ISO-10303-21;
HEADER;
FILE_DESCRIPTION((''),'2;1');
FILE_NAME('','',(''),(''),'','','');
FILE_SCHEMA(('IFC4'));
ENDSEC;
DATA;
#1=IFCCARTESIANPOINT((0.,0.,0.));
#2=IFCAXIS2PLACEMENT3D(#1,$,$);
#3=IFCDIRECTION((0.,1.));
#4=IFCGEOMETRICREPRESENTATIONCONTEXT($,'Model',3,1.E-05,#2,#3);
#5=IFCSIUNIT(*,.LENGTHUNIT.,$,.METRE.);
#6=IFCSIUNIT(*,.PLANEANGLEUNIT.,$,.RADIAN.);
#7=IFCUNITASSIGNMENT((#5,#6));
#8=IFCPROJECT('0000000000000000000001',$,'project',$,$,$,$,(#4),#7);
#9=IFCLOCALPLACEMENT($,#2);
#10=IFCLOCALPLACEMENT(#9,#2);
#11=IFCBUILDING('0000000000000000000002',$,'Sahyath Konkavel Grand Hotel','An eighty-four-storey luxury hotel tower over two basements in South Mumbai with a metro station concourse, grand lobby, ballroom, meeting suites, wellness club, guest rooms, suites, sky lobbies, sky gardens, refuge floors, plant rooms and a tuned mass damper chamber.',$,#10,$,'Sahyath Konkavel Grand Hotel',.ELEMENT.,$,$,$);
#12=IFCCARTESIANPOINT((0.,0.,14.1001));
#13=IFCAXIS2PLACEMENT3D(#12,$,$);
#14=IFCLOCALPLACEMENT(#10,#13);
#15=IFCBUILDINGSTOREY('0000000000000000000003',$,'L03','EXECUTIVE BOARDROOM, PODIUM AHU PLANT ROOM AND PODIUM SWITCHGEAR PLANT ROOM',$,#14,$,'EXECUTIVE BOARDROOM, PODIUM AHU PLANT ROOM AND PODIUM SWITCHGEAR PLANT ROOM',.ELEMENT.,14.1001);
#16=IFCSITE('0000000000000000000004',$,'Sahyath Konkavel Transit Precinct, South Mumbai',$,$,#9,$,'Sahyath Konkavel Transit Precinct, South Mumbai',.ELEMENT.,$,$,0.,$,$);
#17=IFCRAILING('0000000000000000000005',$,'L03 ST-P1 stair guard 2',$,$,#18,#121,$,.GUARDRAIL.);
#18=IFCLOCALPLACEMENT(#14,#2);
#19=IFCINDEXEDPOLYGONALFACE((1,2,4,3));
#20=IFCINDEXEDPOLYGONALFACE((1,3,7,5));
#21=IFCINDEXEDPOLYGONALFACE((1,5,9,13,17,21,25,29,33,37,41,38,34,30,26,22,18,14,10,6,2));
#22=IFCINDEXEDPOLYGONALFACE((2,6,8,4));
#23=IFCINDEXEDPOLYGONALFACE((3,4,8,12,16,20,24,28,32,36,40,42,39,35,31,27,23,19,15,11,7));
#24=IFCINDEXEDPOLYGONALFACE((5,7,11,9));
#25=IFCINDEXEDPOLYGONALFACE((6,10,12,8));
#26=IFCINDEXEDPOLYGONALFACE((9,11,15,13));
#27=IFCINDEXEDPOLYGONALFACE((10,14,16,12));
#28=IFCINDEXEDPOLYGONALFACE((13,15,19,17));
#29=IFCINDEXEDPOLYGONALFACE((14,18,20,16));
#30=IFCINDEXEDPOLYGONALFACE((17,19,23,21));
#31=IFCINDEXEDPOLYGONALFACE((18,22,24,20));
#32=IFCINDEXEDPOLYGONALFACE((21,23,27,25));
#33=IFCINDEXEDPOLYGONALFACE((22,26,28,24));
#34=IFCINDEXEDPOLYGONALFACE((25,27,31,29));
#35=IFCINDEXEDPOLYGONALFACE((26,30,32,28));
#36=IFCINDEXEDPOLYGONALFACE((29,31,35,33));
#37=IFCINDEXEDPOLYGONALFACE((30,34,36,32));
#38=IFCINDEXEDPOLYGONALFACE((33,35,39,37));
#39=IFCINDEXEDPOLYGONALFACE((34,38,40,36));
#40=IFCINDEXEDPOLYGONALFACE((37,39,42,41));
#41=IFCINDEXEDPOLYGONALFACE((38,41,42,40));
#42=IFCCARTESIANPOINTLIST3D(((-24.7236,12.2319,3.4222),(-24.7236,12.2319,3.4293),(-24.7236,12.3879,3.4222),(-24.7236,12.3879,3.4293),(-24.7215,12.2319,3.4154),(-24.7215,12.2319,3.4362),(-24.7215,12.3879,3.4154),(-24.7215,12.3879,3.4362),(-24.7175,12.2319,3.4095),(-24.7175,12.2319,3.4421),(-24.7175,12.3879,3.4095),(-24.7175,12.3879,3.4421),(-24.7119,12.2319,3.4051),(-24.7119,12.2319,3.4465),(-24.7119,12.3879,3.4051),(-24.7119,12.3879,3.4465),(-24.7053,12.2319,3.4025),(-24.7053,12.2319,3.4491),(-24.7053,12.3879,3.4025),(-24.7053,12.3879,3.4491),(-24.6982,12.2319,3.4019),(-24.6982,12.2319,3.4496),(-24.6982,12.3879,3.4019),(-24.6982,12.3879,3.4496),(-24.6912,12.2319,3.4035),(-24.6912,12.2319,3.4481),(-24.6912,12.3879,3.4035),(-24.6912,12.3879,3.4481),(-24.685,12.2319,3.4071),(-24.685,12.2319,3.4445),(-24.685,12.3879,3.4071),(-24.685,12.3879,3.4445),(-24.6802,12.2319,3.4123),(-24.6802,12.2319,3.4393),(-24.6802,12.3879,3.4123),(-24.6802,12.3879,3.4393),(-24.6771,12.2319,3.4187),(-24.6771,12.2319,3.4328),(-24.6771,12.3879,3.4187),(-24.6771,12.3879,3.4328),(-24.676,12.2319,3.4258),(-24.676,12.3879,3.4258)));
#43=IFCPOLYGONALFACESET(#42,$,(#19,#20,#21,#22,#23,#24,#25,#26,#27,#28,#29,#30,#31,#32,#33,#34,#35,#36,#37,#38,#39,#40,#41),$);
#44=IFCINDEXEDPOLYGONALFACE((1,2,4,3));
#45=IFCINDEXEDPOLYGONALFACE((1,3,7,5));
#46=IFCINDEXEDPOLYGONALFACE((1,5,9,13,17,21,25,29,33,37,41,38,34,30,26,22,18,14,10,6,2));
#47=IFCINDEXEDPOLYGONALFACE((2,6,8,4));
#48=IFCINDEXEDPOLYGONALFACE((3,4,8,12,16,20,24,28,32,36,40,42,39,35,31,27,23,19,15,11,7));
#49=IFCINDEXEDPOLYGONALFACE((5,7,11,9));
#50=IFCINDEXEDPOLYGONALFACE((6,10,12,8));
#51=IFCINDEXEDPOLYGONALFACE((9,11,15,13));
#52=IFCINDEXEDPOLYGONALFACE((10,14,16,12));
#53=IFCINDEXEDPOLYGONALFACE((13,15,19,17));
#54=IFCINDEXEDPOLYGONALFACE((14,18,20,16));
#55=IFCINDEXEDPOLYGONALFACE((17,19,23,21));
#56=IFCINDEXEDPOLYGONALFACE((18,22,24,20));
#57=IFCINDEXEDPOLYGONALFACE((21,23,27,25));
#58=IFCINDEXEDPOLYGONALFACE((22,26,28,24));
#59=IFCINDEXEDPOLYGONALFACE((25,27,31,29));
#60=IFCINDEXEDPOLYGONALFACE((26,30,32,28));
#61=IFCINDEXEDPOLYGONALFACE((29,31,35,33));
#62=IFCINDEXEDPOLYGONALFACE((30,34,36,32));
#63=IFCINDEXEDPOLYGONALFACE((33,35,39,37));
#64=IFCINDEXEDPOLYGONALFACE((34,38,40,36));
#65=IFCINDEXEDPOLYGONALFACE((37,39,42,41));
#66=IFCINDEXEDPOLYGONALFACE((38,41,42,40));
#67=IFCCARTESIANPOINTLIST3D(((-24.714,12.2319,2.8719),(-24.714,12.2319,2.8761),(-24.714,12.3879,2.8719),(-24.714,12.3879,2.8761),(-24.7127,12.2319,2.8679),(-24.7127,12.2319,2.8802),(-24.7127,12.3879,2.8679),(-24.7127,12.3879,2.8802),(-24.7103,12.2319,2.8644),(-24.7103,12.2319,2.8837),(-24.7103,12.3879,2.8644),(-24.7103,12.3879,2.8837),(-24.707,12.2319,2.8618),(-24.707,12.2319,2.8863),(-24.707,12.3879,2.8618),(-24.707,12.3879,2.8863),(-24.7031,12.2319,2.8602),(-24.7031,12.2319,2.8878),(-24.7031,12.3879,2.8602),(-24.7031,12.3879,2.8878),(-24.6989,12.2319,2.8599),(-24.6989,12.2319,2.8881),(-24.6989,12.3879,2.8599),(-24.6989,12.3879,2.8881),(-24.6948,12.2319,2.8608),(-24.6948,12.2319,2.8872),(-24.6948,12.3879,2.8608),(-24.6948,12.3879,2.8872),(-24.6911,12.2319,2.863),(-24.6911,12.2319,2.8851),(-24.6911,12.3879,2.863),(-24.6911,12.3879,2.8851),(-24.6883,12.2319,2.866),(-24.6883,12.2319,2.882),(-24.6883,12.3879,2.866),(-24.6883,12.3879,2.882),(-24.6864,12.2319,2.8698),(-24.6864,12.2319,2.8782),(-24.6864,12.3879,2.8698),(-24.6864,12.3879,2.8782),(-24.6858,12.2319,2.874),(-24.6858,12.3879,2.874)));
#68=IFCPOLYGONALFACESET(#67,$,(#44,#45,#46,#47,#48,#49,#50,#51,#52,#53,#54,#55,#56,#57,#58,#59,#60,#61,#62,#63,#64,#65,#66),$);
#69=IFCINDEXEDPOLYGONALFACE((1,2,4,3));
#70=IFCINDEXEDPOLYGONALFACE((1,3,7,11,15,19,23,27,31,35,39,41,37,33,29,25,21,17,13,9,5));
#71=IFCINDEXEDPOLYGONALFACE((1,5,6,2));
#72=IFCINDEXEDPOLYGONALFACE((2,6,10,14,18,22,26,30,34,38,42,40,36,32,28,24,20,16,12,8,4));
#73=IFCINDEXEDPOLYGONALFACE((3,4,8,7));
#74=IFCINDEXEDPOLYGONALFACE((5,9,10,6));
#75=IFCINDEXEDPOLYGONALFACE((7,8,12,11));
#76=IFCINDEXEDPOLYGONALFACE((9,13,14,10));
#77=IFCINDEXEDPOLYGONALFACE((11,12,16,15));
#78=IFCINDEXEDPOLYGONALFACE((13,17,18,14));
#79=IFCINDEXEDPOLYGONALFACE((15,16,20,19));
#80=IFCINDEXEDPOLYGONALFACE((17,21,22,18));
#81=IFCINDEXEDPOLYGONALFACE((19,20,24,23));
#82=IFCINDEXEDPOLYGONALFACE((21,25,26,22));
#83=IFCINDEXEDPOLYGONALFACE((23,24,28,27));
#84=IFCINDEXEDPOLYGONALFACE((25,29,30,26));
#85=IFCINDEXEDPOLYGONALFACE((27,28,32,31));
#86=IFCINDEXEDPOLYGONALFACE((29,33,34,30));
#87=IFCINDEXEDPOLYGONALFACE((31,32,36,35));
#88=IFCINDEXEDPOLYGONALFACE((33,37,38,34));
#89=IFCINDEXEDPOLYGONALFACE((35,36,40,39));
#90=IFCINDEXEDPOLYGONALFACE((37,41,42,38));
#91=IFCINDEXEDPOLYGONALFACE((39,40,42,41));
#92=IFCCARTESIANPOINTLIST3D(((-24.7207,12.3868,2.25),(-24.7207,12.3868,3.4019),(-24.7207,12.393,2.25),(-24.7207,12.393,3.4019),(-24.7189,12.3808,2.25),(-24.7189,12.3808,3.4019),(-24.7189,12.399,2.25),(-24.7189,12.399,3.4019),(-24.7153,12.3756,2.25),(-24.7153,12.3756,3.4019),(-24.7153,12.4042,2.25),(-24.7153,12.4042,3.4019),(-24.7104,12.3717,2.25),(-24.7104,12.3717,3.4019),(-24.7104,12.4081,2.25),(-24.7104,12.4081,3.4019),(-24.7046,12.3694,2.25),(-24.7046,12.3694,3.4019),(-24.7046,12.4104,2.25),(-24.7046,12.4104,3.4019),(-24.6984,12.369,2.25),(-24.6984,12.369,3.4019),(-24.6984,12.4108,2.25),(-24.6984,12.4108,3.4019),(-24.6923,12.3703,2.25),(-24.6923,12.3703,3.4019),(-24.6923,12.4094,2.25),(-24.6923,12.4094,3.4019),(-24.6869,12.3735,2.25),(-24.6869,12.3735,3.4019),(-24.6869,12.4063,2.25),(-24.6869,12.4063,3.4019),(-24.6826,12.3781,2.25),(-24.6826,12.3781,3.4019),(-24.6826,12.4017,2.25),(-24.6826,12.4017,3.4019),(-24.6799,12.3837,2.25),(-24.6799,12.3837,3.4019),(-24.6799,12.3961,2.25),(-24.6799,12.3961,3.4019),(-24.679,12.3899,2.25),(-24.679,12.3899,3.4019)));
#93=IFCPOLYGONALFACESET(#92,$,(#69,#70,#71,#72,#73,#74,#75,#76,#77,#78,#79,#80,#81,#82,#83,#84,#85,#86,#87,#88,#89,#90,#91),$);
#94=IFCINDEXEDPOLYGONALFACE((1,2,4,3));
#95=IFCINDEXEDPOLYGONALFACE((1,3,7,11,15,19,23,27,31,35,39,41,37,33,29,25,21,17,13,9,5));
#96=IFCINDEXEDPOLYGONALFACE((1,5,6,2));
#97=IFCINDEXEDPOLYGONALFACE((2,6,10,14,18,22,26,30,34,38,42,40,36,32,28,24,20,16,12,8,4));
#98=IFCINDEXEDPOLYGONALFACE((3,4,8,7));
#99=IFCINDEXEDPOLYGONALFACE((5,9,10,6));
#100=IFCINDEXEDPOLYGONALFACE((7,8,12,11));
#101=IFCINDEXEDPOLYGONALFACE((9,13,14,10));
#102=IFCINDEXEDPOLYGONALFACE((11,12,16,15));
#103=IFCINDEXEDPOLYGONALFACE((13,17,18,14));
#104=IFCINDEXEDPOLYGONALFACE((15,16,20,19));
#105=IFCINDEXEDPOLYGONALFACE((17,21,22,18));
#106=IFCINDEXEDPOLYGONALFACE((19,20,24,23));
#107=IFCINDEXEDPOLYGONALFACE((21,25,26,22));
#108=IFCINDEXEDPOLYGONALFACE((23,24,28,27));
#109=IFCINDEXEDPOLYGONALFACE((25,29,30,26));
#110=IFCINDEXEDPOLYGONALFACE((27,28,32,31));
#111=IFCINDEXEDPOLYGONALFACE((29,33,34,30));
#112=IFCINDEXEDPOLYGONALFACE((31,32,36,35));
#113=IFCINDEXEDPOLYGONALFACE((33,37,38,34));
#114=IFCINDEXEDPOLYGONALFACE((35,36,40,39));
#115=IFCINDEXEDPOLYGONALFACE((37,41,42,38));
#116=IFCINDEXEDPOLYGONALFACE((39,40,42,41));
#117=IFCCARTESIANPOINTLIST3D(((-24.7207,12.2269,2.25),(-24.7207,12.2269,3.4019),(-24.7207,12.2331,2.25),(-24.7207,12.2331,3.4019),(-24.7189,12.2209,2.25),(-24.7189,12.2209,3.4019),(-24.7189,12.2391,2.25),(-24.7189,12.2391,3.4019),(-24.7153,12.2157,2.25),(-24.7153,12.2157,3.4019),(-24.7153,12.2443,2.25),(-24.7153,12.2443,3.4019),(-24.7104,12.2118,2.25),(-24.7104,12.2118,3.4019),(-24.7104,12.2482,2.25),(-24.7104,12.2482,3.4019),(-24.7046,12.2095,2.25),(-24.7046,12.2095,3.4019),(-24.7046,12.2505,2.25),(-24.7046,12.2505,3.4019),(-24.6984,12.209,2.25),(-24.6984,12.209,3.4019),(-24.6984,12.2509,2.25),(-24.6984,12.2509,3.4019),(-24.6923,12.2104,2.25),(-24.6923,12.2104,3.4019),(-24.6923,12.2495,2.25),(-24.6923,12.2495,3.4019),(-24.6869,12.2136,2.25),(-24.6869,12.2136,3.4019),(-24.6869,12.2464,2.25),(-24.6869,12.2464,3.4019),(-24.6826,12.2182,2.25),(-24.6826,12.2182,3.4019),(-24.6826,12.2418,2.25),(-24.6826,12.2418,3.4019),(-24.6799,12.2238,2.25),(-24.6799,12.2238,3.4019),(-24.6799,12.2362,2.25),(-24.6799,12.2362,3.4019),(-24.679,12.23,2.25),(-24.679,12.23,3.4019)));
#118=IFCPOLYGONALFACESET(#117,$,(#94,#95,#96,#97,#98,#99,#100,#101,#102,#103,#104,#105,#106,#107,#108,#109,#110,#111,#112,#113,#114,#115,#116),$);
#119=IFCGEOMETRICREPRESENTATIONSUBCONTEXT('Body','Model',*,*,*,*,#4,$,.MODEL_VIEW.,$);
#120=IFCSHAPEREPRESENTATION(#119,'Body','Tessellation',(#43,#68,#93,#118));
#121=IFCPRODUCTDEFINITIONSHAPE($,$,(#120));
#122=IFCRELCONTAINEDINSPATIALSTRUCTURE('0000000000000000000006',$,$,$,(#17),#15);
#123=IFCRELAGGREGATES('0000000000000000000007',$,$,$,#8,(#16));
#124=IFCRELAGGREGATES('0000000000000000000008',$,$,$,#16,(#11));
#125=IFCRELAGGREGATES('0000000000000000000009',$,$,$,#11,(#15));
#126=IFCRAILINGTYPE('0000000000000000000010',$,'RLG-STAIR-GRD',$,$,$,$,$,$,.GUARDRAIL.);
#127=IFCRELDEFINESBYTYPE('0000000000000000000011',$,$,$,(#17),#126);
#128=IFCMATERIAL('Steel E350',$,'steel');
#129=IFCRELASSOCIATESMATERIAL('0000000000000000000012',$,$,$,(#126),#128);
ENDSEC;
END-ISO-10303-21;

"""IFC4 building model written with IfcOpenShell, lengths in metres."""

from ifc_helpers import new_model, si_unit, direction, frame, origin, origin_2d, place, context, subcontext, project, spatial, circle, extrude, material, type_object, element, save


model = new_model("IFC4")

# Units and contexts
model_context = context("Model", 3, precision=1e-05, world=origin(), true_north=direction((0.0, 1.0)))
body_context = subcontext(model_context, "Body", "Model", "MODEL_VIEW")
ifc_project = project(units=[si_unit("LENGTHUNIT", "METRE"), si_unit("PLANEANGLEUNIT", "RADIAN")], contexts=[model_context])

# Site, building, storey
site_placement = place(None, origin())
site = spatial("IfcSite", under=ifc_project, at=site_placement, Name="Sahyath Konkavel Transit Precinct, South Mumbai", LongName="Sahyath Konkavel Transit Precinct, South Mumbai", CompositionType="ELEMENT", RefElevation=0.0)
building_placement = place(site_placement, origin())
building = spatial("IfcBuilding", under=site, at=building_placement, Name="Sahyath Konkavel Grand Hotel", Description="An eighty-four-storey luxury hotel tower over two basements in South Mumbai with a metro station concourse, grand lobby, ballroom, meeting suites, wellness club, guest rooms, suites, sky lobbies, sky gardens, refuge floors, plant rooms and a tuned mass damper chamber.", LongName="Sahyath Konkavel Grand Hotel", CompositionType="ELEMENT")
storey_placement = place(building_placement, frame((0.0, 0.0, 14.1001)))
storey = spatial("IfcBuildingStorey", under=building, at=storey_placement, Name="L03", Description="EXECUTIVE BOARDROOM, PODIUM AHU PLANT ROOM AND PODIUM SWITCHGEAR PLANT ROOM", LongName="EXECUTIVE BOARDROOM, PODIUM AHU PLANT ROOM AND PODIUM SWITCHGEAR PLANT ROOM", CompositionType="ELEMENT", Elevation=14.1001)

# Shared definitions
ifc_material_1 = material(Name="Steel E350", Category="steel")

# Railing
railing_type_1 = type_object("IfcRailingType", Name="RLG-STAIR-GRD", PredefinedType="GUARDRAIL", material=ifc_material_1)
railing_1_placement = place(storey_placement, frame((-24.7, 12.3899, 2.25)))
element("IfcRailing", 1, at=railing_1_placement, inside=storey, type_object=railing_type_1, Name="L03 ST-P1 stair guard 2", PredefinedType="GUARDRAIL", context=body_context, shape_type="SweptSolid", body=[
    extrude(circle(Radius=0.0239, at=origin_2d()), frame((0.0, -0.002, 1.1758), z_axis=(0.0, -1.0, 0.0), x_axis=(1.0, 0.0, 0.0)), (0.0, 0.0, 1.0), 0.156),
    extrude(circle(Radius=0.0142, at=origin_2d()), frame((0.0, -0.002, 0.624), z_axis=(0.0, -1.0, 0.0), x_axis=(1.0, 0.0, 0.0)), (0.0, 0.0, 1.0), 0.156),
    extrude(circle(Radius=0.021, at=origin_2d()), origin(), (0.0, 0.0, 1.0), 1.1519),
    extrude(circle(Radius=0.021, at=origin_2d()), frame((0.0, -0.1599, 0.0)), (0.0, 0.0, 1.0), 1.1519),
])

save(model, "model.ifc")
